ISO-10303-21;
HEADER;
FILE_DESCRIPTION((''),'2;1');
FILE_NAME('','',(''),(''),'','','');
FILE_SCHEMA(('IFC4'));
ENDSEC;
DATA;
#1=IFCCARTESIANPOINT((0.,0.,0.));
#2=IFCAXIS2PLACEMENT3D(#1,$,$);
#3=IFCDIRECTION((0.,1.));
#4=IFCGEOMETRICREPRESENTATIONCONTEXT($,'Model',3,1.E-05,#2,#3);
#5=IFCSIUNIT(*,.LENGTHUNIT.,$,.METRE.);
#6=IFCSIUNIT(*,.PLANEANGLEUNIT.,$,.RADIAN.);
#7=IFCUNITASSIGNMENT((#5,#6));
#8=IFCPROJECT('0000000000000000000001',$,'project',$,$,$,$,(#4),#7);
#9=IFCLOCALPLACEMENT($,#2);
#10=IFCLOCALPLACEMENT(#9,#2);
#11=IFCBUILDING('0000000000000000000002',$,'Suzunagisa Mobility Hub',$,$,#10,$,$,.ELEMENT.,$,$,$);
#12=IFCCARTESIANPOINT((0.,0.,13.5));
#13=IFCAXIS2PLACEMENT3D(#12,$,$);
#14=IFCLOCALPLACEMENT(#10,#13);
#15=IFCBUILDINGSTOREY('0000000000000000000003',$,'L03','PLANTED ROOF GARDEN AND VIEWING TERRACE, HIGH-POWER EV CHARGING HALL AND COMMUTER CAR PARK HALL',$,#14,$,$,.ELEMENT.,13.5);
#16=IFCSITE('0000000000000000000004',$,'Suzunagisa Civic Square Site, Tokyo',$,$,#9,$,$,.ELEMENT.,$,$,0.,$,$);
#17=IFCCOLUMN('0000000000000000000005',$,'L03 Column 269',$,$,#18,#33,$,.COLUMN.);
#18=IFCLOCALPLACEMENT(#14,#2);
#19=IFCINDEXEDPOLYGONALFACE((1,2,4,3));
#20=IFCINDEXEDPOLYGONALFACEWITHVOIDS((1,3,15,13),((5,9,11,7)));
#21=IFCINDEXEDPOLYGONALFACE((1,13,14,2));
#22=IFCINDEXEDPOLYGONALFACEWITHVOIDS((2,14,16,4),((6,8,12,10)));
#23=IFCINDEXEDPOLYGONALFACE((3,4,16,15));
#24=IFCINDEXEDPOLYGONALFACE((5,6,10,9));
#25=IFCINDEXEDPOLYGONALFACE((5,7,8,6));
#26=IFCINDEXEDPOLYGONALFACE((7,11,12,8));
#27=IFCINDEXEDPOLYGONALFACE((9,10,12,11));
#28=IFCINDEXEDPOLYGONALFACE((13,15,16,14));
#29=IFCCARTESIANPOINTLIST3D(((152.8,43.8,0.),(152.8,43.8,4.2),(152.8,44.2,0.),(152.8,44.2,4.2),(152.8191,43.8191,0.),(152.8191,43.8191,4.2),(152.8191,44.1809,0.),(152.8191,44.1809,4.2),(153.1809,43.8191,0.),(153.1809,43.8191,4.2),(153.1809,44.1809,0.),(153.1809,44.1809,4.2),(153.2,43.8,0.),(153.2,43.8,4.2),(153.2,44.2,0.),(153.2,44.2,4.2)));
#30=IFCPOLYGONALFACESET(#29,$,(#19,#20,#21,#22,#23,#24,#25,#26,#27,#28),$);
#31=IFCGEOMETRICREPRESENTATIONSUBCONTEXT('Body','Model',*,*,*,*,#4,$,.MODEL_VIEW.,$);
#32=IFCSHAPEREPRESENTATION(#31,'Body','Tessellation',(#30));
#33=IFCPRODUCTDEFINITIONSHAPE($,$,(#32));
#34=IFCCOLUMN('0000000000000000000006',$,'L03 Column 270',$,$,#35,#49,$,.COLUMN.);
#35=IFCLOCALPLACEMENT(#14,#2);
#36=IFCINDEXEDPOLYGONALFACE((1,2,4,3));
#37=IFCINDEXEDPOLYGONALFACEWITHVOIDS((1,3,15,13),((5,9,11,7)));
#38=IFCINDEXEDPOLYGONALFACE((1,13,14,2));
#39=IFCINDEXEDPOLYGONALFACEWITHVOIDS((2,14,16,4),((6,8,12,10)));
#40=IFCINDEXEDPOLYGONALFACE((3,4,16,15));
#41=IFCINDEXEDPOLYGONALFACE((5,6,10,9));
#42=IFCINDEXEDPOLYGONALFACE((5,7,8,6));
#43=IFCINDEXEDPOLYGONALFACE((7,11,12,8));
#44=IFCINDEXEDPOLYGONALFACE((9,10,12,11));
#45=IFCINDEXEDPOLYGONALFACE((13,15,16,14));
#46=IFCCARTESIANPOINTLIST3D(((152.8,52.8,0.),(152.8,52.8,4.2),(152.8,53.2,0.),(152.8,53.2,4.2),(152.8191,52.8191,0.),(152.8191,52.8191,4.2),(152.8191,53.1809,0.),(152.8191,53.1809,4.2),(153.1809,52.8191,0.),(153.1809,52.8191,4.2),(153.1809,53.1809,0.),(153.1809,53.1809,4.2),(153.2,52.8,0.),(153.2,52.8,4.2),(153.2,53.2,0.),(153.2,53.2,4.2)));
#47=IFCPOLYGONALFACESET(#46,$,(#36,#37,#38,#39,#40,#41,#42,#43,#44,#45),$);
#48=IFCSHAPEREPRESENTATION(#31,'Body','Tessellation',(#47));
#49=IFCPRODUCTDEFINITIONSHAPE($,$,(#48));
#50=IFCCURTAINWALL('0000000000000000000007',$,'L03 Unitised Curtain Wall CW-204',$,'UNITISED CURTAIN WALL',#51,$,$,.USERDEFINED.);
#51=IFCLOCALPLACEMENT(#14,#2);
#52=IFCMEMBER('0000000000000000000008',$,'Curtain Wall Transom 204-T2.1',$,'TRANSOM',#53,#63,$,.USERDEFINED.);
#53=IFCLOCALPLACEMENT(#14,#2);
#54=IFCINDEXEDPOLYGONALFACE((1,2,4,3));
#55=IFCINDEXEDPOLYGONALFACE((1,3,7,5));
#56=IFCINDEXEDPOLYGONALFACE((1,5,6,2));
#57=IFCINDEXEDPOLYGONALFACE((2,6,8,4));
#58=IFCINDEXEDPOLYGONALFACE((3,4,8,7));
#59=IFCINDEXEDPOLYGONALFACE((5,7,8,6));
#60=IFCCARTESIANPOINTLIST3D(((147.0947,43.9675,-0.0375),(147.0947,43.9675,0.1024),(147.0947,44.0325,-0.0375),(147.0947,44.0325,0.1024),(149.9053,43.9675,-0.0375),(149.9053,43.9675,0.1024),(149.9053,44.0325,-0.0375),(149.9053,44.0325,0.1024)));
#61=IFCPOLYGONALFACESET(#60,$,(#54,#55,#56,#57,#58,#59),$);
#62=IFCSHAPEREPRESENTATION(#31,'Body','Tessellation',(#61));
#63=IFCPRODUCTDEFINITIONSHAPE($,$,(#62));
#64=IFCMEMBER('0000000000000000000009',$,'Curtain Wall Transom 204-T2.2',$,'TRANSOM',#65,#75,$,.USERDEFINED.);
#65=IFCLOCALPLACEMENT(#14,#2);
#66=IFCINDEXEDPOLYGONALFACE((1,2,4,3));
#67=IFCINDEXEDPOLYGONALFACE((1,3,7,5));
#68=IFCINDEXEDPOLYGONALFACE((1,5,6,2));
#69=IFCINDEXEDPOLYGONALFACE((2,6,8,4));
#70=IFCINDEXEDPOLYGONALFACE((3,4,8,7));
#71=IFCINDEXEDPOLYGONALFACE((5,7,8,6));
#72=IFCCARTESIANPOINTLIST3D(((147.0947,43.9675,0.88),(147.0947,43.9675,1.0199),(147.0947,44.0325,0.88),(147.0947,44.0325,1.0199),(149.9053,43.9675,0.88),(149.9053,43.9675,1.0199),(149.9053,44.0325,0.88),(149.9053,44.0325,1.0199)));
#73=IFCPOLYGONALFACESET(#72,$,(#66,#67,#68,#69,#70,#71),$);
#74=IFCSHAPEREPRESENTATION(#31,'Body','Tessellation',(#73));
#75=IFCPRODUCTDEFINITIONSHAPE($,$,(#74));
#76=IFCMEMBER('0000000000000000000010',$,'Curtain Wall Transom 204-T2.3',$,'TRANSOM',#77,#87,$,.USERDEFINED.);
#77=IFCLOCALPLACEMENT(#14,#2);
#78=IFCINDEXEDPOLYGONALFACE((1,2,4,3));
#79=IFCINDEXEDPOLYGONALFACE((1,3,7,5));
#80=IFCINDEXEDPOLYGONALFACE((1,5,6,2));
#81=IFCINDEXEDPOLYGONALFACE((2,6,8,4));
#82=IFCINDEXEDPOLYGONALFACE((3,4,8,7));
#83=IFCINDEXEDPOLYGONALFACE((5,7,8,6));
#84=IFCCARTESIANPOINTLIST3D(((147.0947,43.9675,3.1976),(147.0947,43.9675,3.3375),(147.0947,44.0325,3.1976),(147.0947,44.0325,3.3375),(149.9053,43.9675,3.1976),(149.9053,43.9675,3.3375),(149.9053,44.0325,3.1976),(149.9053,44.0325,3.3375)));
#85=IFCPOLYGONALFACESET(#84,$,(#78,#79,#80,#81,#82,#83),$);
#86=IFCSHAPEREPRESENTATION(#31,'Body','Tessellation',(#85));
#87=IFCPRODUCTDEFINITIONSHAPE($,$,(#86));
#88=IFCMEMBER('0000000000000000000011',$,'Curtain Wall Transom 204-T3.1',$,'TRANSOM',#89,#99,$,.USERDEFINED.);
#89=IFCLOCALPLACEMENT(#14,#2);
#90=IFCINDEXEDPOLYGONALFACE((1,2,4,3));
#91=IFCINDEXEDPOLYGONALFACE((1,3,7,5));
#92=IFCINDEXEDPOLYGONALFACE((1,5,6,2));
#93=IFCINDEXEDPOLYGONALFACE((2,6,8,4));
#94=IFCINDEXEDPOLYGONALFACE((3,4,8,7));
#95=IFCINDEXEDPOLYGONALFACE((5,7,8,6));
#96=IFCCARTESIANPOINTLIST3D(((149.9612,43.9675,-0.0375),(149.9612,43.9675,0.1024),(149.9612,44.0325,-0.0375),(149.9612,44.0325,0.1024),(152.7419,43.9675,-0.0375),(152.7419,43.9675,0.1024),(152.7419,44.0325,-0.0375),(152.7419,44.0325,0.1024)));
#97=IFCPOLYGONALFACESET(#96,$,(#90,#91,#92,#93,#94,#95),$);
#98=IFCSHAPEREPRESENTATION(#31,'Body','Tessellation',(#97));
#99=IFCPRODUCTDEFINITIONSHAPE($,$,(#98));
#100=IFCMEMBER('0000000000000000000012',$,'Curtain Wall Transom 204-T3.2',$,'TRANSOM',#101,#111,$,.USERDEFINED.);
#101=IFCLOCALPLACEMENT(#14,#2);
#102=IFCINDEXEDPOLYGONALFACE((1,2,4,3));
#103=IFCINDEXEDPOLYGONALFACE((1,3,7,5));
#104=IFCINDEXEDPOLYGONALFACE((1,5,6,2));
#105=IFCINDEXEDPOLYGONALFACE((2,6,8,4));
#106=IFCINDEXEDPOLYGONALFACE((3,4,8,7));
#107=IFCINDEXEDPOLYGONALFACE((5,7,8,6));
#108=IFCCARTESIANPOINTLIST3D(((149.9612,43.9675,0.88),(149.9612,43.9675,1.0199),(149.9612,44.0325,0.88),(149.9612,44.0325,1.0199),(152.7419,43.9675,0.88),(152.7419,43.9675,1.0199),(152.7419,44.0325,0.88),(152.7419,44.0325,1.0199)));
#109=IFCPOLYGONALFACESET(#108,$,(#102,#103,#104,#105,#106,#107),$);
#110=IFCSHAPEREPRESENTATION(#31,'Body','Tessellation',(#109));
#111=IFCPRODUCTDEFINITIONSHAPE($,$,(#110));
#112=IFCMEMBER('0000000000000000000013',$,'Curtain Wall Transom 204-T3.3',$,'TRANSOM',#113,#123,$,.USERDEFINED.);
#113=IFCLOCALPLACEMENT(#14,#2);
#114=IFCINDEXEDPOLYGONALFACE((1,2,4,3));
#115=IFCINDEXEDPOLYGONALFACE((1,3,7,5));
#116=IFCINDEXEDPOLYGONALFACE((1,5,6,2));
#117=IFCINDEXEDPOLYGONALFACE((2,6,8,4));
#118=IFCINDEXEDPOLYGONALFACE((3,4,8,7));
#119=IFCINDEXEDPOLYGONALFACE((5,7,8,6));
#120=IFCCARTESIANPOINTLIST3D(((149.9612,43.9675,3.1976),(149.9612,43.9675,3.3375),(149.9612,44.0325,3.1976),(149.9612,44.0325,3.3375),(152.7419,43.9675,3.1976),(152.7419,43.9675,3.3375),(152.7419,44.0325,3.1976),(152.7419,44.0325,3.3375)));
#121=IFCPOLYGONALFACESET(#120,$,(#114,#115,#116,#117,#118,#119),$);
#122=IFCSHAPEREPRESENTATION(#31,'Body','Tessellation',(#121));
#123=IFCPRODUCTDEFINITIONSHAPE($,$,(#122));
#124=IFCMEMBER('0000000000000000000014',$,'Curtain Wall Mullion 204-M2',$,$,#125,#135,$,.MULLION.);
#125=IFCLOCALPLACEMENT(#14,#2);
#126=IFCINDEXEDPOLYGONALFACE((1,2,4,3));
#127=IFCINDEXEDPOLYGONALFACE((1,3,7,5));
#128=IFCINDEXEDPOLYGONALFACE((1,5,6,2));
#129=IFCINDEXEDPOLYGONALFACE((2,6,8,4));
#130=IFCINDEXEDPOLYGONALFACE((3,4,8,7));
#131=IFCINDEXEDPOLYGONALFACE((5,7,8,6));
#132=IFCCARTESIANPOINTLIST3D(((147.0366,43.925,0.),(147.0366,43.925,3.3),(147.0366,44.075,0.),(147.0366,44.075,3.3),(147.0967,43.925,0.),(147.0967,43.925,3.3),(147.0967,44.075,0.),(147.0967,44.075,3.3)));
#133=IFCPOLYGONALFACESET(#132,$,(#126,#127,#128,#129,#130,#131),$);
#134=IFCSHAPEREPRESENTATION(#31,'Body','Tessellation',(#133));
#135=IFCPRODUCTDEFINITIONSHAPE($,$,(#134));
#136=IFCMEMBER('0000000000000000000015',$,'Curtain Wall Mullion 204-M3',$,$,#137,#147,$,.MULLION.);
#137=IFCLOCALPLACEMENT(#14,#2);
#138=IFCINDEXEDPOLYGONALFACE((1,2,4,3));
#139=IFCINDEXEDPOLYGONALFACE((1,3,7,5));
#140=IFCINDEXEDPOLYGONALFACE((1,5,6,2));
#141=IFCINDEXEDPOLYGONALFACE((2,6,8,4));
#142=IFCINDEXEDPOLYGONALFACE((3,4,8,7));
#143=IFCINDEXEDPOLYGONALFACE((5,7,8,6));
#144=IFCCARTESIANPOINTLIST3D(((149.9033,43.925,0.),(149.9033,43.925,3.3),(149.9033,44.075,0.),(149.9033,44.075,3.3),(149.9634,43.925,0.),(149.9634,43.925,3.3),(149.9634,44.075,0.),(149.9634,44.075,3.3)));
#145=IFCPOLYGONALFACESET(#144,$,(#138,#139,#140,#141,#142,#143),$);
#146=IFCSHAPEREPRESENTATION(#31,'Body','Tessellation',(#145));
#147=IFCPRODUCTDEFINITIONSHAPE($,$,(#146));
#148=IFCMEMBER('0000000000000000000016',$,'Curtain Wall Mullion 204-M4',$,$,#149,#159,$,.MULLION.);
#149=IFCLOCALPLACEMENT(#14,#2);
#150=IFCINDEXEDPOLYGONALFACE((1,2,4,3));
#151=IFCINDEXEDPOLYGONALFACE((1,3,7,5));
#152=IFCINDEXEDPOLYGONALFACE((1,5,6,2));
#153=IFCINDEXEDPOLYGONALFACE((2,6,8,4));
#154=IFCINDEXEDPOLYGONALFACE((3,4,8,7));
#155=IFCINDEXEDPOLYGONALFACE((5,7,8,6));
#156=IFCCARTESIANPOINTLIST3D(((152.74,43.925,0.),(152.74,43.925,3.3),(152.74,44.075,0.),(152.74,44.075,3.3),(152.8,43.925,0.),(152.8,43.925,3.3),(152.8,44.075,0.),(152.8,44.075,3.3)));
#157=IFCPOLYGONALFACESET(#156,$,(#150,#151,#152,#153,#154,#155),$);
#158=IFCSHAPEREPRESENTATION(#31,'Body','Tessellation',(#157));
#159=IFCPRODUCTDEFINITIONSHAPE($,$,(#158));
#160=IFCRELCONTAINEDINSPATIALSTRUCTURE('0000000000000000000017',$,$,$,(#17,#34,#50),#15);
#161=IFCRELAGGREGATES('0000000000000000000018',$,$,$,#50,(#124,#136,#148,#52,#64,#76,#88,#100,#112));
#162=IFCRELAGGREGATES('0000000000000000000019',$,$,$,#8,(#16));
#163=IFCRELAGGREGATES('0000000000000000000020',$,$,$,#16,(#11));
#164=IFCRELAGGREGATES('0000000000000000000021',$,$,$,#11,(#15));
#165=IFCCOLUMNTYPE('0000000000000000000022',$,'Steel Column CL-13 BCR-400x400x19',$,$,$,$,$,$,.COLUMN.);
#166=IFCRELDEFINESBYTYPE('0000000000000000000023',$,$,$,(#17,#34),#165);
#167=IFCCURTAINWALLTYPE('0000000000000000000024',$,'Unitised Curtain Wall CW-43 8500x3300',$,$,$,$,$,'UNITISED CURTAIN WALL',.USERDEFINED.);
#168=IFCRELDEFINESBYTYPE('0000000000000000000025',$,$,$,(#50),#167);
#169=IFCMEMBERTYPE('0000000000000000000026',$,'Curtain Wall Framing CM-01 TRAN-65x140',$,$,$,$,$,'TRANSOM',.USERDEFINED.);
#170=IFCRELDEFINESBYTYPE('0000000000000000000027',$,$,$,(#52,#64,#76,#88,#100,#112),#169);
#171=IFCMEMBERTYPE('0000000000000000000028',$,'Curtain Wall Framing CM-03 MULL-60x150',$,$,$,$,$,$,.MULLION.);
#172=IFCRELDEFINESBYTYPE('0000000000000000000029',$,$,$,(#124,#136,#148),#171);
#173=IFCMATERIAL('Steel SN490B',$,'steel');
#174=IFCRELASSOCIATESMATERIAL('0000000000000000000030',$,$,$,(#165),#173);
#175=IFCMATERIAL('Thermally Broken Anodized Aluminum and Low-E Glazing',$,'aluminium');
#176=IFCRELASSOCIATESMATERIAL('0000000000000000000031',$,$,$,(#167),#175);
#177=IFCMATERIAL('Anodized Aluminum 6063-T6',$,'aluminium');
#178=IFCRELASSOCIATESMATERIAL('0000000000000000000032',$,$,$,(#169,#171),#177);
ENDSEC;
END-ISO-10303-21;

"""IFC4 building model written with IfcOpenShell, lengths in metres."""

from ifc_helpers import new_model, si_unit, direction, frame, origin, origin_2d, place, context, subcontext, project, spatial, rectangle, hollow_rectangle, extrude, material, material_profile, profile_set, type_object, element, aggregate, save


model = new_model("IFC4")

# Units and contexts
model_context = context("Model", 3, precision=1e-05, world=origin(), true_north=direction((0.0, 1.0)))
body_context = subcontext(model_context, "Body", "Model", "MODEL_VIEW")
ifc_project = project(units=[si_unit("LENGTHUNIT", "METRE"), si_unit("PLANEANGLEUNIT", "RADIAN")], contexts=[model_context])

# Site, building, storey
site_placement = place(None, origin())
site = spatial("IfcSite", under=ifc_project, at=site_placement, Name="Suzunagisa Civic Square Site, Tokyo", CompositionType="ELEMENT", RefElevation=0.0)
building_placement = place(site_placement, origin())
building = spatial("IfcBuilding", under=site, at=building_placement, Name="Suzunagisa Mobility Hub", CompositionType="ELEMENT")
storey_placement = place(building_placement, frame((0.0, 0.0, 13.5)))
storey = spatial("IfcBuildingStorey", under=building, at=storey_placement, Name="L03", Description="PLANTED ROOF GARDEN AND VIEWING TERRACE, HIGH-POWER EV CHARGING HALL AND COMMUTER CAR PARK HALL", CompositionType="ELEMENT", Elevation=13.5)

# Columns
ifc_material_1 = material(Name="Steel SN490B", Category="steel")
ifc_material_profile_1 = material_profile(ifc_material_1, hollow_rectangle(XDim=0.3999, YDim=0.3999, WallThickness=0.019, at=origin_2d()), Name="BCR-400x400x19")
ifc_profile_set_1 = profile_set([ifc_material_profile_1], Name="Steel SN490B")
column_type = type_object("IfcColumnType", Name="Steel Column CL-13 BCR-400x400x19", PredefinedType="COLUMN", material=ifc_profile_set_1)
for number, where, z_axis, x_axis, name in (
    (1, (153.0, 44.0, 0.0), (0.0, 0.0, 1.0), (1.0, 0.0, 0.0), "L03 Column 269"),
    (2, (153.0, 53.0, 0.0), (0.0, 0.0, 1.0), (1.0, 0.0, 0.0), "L03 Column 270"),
):
    element("IfcColumn", number, at=place(storey_placement, frame(where, z_axis=z_axis, x_axis=x_axis)), inside=storey, type_object=column_type, Name=name, PredefinedType="COLUMN", context=body_context, shape_type="SweptSolid", body=[
        extrude(hollow_rectangle(XDim=0.3999, YDim=0.3999, WallThickness=0.019, at=origin_2d()), origin(), (0.0, 0.0, 1.0), 4.2),
    ])

# Curtain wall, members
ifc_material_2 = material(Name="Thermally Broken Anodized Aluminum and Low-E Glazing", Category="aluminium")
curtain_wall_type = type_object("IfcCurtainWallType", Name="Unitised Curtain Wall CW-43 8500x3300", ElementType="UNITISED CURTAIN WALL", PredefinedType="USERDEFINED", material=ifc_material_2)
curtain_wall_placement = place(storey_placement, origin())
curtain_wall = element("IfcCurtainWall", 3, at=curtain_wall_placement, inside=storey, type_object=curtain_wall_type, Name="L03 Unitised Curtain Wall CW-204", ObjectType="UNITISED CURTAIN WALL", PredefinedType="USERDEFINED")
ifc_material_3 = material(Name="Anodized Aluminum 6063-T6", Category="aluminium")
ifc_material_profile_2 = material_profile(ifc_material_3, rectangle(XDim=0.0649, YDim=0.1399, at=origin_2d()), Name="TRAN-65x140")
ifc_profile_set_2 = profile_set([ifc_material_profile_2], Name="Anodized Aluminum 6063-T6")
member_type_1 = type_object("IfcMemberType", Name="Curtain Wall Framing CM-01 TRAN-65x140", ElementType="TRANSOM", PredefinedType="USERDEFINED", material=ifc_profile_set_2)
member_1_placement = place(storey_placement, frame((147.0947, 44.0, 0.0325), z_axis=(1.0, 0.0, 0.0), x_axis=(0.0, 1.0, 0.0)))
member_1 = element("IfcMember", 4, at=member_1_placement, type_object=member_type_1, Name="Curtain Wall Transom 204-T2.1", ObjectType="TRANSOM", PredefinedType="USERDEFINED", context=body_context, shape_type="SweptSolid", body=[
    extrude(rectangle(XDim=0.0649, YDim=0.1399, at=origin_2d()), origin(), (0.0, 0.0, 1.0), 2.8105),
])
member_2_placement = place(storey_placement, frame((147.0947, 44.0, 0.95), z_axis=(1.0, 0.0, 0.0), x_axis=(0.0, 1.0, 0.0)))
member_2 = element("IfcMember", 5, at=member_2_placement, type_object=member_type_1, Name="Curtain Wall Transom 204-T2.2", ObjectType="TRANSOM", PredefinedType="USERDEFINED", context=body_context, shape_type="SweptSolid", body=[
    extrude(rectangle(XDim=0.0649, YDim=0.1399, at=origin_2d()), origin(), (0.0, 0.0, 1.0), 2.8105),
])
member_3_placement = place(storey_placement, frame((147.0947, 44.0, 3.2676), z_axis=(1.0, 0.0, 0.0), x_axis=(0.0, 1.0, 0.0)))
member_3 = element("IfcMember", 6, at=member_3_placement, type_object=member_type_1, Name="Curtain Wall Transom 204-T2.3", ObjectType="TRANSOM", PredefinedType="USERDEFINED", context=body_context, shape_type="SweptSolid", body=[
    extrude(rectangle(XDim=0.0649, YDim=0.1399, at=origin_2d()), origin(), (0.0, 0.0, 1.0), 2.8105),
])
member_4_placement = place(storey_placement, frame((149.9612, 44.0, 0.0325), z_axis=(1.0, 0.0, 0.0), x_axis=(0.0, 1.0, 0.0)))
member_4 = element("IfcMember", 7, at=member_4_placement, type_object=member_type_1, Name="Curtain Wall Transom 204-T3.1", ObjectType="TRANSOM", PredefinedType="USERDEFINED", context=body_context, shape_type="SweptSolid", body=[
    extrude(rectangle(XDim=0.0649, YDim=0.1399, at=origin_2d()), origin(), (0.0, 0.0, 1.0), 2.7808),
])
member_5_placement = place(storey_placement, frame((149.9612, 44.0, 0.95), z_axis=(1.0, 0.0, 0.0), x_axis=(0.0, 1.0, 0.0)))
member_5 = element("IfcMember", 8, at=member_5_placement, type_object=member_type_1, Name="Curtain Wall Transom 204-T3.2", ObjectType="TRANSOM", PredefinedType="USERDEFINED", context=body_context, shape_type="SweptSolid", body=[
    extrude(rectangle(XDim=0.0649, YDim=0.1399, at=origin_2d()), origin(), (0.0, 0.0, 1.0), 2.7808),
])
member_6_placement = place(storey_placement, frame((149.9612, 44.0, 3.2676), z_axis=(1.0, 0.0, 0.0), x_axis=(0.0, 1.0, 0.0)))
member_6 = element("IfcMember", 9, at=member_6_placement, type_object=member_type_1, Name="Curtain Wall Transom 204-T3.3", ObjectType="TRANSOM", PredefinedType="USERDEFINED", context=body_context, shape_type="SweptSolid", body=[
    extrude(rectangle(XDim=0.0649, YDim=0.1399, at=origin_2d()), origin(), (0.0, 0.0, 1.0), 2.7808),
])
ifc_material_profile_3 = material_profile(ifc_material_3, rectangle(XDim=0.0601, YDim=0.1499, at=origin_2d()), Name="MULL-60x150")
ifc_profile_set_3 = profile_set([ifc_material_profile_3], Name="Anodized Aluminum 6063-T6")
member_type_2 = type_object("IfcMemberType", Name="Curtain Wall Framing CM-03 MULL-60x150", PredefinedType="MULLION", material=ifc_profile_set_3)
member_7_placement = place(storey_placement, frame((147.0667, 44.0, 0.0), z_axis=(0.0, 0.0, 1.0), x_axis=(1.0, 0.0, 0.0)))
member_7 = element("IfcMember", 10, at=member_7_placement, type_object=member_type_2, Name="Curtain Wall Mullion 204-M2", PredefinedType="MULLION", context=body_context, shape_type="SweptSolid", body=[
    extrude(rectangle(XDim=0.0601, YDim=0.1499, at=origin_2d()), origin(), (0.0, 0.0, 1.0), 3.3),
])
member_8_placement = place(storey_placement, frame((149.9333, 44.0, 0.0), z_axis=(0.0, 0.0, 1.0), x_axis=(1.0, 0.0, 0.0)))
member_8 = element("IfcMember", 11, at=member_8_placement, type_object=member_type_2, Name="Curtain Wall Mullion 204-M3", PredefinedType="MULLION", context=body_context, shape_type="SweptSolid", body=[
    extrude(rectangle(XDim=0.0601, YDim=0.1499, at=origin_2d()), origin(), (0.0, 0.0, 1.0), 3.3),
])
member_9_placement = place(storey_placement, frame((152.77, 44.0, 0.0), z_axis=(0.0, 0.0, 1.0), x_axis=(1.0, 0.0, 0.0)))
member_9 = element("IfcMember", 12, at=member_9_placement, type_object=member_type_2, Name="Curtain Wall Mullion 204-M4", PredefinedType="MULLION", context=body_context, shape_type="SweptSolid", body=[
    extrude(rectangle(XDim=0.0601, YDim=0.1499, at=origin_2d()), origin(), (0.0, 0.0, 1.0), 3.3),
])

aggregate(curtain_wall, [member_7, member_8, member_9, member_1, member_2, member_3, member_4, member_5, member_6])

save(model, "model.ifc")
